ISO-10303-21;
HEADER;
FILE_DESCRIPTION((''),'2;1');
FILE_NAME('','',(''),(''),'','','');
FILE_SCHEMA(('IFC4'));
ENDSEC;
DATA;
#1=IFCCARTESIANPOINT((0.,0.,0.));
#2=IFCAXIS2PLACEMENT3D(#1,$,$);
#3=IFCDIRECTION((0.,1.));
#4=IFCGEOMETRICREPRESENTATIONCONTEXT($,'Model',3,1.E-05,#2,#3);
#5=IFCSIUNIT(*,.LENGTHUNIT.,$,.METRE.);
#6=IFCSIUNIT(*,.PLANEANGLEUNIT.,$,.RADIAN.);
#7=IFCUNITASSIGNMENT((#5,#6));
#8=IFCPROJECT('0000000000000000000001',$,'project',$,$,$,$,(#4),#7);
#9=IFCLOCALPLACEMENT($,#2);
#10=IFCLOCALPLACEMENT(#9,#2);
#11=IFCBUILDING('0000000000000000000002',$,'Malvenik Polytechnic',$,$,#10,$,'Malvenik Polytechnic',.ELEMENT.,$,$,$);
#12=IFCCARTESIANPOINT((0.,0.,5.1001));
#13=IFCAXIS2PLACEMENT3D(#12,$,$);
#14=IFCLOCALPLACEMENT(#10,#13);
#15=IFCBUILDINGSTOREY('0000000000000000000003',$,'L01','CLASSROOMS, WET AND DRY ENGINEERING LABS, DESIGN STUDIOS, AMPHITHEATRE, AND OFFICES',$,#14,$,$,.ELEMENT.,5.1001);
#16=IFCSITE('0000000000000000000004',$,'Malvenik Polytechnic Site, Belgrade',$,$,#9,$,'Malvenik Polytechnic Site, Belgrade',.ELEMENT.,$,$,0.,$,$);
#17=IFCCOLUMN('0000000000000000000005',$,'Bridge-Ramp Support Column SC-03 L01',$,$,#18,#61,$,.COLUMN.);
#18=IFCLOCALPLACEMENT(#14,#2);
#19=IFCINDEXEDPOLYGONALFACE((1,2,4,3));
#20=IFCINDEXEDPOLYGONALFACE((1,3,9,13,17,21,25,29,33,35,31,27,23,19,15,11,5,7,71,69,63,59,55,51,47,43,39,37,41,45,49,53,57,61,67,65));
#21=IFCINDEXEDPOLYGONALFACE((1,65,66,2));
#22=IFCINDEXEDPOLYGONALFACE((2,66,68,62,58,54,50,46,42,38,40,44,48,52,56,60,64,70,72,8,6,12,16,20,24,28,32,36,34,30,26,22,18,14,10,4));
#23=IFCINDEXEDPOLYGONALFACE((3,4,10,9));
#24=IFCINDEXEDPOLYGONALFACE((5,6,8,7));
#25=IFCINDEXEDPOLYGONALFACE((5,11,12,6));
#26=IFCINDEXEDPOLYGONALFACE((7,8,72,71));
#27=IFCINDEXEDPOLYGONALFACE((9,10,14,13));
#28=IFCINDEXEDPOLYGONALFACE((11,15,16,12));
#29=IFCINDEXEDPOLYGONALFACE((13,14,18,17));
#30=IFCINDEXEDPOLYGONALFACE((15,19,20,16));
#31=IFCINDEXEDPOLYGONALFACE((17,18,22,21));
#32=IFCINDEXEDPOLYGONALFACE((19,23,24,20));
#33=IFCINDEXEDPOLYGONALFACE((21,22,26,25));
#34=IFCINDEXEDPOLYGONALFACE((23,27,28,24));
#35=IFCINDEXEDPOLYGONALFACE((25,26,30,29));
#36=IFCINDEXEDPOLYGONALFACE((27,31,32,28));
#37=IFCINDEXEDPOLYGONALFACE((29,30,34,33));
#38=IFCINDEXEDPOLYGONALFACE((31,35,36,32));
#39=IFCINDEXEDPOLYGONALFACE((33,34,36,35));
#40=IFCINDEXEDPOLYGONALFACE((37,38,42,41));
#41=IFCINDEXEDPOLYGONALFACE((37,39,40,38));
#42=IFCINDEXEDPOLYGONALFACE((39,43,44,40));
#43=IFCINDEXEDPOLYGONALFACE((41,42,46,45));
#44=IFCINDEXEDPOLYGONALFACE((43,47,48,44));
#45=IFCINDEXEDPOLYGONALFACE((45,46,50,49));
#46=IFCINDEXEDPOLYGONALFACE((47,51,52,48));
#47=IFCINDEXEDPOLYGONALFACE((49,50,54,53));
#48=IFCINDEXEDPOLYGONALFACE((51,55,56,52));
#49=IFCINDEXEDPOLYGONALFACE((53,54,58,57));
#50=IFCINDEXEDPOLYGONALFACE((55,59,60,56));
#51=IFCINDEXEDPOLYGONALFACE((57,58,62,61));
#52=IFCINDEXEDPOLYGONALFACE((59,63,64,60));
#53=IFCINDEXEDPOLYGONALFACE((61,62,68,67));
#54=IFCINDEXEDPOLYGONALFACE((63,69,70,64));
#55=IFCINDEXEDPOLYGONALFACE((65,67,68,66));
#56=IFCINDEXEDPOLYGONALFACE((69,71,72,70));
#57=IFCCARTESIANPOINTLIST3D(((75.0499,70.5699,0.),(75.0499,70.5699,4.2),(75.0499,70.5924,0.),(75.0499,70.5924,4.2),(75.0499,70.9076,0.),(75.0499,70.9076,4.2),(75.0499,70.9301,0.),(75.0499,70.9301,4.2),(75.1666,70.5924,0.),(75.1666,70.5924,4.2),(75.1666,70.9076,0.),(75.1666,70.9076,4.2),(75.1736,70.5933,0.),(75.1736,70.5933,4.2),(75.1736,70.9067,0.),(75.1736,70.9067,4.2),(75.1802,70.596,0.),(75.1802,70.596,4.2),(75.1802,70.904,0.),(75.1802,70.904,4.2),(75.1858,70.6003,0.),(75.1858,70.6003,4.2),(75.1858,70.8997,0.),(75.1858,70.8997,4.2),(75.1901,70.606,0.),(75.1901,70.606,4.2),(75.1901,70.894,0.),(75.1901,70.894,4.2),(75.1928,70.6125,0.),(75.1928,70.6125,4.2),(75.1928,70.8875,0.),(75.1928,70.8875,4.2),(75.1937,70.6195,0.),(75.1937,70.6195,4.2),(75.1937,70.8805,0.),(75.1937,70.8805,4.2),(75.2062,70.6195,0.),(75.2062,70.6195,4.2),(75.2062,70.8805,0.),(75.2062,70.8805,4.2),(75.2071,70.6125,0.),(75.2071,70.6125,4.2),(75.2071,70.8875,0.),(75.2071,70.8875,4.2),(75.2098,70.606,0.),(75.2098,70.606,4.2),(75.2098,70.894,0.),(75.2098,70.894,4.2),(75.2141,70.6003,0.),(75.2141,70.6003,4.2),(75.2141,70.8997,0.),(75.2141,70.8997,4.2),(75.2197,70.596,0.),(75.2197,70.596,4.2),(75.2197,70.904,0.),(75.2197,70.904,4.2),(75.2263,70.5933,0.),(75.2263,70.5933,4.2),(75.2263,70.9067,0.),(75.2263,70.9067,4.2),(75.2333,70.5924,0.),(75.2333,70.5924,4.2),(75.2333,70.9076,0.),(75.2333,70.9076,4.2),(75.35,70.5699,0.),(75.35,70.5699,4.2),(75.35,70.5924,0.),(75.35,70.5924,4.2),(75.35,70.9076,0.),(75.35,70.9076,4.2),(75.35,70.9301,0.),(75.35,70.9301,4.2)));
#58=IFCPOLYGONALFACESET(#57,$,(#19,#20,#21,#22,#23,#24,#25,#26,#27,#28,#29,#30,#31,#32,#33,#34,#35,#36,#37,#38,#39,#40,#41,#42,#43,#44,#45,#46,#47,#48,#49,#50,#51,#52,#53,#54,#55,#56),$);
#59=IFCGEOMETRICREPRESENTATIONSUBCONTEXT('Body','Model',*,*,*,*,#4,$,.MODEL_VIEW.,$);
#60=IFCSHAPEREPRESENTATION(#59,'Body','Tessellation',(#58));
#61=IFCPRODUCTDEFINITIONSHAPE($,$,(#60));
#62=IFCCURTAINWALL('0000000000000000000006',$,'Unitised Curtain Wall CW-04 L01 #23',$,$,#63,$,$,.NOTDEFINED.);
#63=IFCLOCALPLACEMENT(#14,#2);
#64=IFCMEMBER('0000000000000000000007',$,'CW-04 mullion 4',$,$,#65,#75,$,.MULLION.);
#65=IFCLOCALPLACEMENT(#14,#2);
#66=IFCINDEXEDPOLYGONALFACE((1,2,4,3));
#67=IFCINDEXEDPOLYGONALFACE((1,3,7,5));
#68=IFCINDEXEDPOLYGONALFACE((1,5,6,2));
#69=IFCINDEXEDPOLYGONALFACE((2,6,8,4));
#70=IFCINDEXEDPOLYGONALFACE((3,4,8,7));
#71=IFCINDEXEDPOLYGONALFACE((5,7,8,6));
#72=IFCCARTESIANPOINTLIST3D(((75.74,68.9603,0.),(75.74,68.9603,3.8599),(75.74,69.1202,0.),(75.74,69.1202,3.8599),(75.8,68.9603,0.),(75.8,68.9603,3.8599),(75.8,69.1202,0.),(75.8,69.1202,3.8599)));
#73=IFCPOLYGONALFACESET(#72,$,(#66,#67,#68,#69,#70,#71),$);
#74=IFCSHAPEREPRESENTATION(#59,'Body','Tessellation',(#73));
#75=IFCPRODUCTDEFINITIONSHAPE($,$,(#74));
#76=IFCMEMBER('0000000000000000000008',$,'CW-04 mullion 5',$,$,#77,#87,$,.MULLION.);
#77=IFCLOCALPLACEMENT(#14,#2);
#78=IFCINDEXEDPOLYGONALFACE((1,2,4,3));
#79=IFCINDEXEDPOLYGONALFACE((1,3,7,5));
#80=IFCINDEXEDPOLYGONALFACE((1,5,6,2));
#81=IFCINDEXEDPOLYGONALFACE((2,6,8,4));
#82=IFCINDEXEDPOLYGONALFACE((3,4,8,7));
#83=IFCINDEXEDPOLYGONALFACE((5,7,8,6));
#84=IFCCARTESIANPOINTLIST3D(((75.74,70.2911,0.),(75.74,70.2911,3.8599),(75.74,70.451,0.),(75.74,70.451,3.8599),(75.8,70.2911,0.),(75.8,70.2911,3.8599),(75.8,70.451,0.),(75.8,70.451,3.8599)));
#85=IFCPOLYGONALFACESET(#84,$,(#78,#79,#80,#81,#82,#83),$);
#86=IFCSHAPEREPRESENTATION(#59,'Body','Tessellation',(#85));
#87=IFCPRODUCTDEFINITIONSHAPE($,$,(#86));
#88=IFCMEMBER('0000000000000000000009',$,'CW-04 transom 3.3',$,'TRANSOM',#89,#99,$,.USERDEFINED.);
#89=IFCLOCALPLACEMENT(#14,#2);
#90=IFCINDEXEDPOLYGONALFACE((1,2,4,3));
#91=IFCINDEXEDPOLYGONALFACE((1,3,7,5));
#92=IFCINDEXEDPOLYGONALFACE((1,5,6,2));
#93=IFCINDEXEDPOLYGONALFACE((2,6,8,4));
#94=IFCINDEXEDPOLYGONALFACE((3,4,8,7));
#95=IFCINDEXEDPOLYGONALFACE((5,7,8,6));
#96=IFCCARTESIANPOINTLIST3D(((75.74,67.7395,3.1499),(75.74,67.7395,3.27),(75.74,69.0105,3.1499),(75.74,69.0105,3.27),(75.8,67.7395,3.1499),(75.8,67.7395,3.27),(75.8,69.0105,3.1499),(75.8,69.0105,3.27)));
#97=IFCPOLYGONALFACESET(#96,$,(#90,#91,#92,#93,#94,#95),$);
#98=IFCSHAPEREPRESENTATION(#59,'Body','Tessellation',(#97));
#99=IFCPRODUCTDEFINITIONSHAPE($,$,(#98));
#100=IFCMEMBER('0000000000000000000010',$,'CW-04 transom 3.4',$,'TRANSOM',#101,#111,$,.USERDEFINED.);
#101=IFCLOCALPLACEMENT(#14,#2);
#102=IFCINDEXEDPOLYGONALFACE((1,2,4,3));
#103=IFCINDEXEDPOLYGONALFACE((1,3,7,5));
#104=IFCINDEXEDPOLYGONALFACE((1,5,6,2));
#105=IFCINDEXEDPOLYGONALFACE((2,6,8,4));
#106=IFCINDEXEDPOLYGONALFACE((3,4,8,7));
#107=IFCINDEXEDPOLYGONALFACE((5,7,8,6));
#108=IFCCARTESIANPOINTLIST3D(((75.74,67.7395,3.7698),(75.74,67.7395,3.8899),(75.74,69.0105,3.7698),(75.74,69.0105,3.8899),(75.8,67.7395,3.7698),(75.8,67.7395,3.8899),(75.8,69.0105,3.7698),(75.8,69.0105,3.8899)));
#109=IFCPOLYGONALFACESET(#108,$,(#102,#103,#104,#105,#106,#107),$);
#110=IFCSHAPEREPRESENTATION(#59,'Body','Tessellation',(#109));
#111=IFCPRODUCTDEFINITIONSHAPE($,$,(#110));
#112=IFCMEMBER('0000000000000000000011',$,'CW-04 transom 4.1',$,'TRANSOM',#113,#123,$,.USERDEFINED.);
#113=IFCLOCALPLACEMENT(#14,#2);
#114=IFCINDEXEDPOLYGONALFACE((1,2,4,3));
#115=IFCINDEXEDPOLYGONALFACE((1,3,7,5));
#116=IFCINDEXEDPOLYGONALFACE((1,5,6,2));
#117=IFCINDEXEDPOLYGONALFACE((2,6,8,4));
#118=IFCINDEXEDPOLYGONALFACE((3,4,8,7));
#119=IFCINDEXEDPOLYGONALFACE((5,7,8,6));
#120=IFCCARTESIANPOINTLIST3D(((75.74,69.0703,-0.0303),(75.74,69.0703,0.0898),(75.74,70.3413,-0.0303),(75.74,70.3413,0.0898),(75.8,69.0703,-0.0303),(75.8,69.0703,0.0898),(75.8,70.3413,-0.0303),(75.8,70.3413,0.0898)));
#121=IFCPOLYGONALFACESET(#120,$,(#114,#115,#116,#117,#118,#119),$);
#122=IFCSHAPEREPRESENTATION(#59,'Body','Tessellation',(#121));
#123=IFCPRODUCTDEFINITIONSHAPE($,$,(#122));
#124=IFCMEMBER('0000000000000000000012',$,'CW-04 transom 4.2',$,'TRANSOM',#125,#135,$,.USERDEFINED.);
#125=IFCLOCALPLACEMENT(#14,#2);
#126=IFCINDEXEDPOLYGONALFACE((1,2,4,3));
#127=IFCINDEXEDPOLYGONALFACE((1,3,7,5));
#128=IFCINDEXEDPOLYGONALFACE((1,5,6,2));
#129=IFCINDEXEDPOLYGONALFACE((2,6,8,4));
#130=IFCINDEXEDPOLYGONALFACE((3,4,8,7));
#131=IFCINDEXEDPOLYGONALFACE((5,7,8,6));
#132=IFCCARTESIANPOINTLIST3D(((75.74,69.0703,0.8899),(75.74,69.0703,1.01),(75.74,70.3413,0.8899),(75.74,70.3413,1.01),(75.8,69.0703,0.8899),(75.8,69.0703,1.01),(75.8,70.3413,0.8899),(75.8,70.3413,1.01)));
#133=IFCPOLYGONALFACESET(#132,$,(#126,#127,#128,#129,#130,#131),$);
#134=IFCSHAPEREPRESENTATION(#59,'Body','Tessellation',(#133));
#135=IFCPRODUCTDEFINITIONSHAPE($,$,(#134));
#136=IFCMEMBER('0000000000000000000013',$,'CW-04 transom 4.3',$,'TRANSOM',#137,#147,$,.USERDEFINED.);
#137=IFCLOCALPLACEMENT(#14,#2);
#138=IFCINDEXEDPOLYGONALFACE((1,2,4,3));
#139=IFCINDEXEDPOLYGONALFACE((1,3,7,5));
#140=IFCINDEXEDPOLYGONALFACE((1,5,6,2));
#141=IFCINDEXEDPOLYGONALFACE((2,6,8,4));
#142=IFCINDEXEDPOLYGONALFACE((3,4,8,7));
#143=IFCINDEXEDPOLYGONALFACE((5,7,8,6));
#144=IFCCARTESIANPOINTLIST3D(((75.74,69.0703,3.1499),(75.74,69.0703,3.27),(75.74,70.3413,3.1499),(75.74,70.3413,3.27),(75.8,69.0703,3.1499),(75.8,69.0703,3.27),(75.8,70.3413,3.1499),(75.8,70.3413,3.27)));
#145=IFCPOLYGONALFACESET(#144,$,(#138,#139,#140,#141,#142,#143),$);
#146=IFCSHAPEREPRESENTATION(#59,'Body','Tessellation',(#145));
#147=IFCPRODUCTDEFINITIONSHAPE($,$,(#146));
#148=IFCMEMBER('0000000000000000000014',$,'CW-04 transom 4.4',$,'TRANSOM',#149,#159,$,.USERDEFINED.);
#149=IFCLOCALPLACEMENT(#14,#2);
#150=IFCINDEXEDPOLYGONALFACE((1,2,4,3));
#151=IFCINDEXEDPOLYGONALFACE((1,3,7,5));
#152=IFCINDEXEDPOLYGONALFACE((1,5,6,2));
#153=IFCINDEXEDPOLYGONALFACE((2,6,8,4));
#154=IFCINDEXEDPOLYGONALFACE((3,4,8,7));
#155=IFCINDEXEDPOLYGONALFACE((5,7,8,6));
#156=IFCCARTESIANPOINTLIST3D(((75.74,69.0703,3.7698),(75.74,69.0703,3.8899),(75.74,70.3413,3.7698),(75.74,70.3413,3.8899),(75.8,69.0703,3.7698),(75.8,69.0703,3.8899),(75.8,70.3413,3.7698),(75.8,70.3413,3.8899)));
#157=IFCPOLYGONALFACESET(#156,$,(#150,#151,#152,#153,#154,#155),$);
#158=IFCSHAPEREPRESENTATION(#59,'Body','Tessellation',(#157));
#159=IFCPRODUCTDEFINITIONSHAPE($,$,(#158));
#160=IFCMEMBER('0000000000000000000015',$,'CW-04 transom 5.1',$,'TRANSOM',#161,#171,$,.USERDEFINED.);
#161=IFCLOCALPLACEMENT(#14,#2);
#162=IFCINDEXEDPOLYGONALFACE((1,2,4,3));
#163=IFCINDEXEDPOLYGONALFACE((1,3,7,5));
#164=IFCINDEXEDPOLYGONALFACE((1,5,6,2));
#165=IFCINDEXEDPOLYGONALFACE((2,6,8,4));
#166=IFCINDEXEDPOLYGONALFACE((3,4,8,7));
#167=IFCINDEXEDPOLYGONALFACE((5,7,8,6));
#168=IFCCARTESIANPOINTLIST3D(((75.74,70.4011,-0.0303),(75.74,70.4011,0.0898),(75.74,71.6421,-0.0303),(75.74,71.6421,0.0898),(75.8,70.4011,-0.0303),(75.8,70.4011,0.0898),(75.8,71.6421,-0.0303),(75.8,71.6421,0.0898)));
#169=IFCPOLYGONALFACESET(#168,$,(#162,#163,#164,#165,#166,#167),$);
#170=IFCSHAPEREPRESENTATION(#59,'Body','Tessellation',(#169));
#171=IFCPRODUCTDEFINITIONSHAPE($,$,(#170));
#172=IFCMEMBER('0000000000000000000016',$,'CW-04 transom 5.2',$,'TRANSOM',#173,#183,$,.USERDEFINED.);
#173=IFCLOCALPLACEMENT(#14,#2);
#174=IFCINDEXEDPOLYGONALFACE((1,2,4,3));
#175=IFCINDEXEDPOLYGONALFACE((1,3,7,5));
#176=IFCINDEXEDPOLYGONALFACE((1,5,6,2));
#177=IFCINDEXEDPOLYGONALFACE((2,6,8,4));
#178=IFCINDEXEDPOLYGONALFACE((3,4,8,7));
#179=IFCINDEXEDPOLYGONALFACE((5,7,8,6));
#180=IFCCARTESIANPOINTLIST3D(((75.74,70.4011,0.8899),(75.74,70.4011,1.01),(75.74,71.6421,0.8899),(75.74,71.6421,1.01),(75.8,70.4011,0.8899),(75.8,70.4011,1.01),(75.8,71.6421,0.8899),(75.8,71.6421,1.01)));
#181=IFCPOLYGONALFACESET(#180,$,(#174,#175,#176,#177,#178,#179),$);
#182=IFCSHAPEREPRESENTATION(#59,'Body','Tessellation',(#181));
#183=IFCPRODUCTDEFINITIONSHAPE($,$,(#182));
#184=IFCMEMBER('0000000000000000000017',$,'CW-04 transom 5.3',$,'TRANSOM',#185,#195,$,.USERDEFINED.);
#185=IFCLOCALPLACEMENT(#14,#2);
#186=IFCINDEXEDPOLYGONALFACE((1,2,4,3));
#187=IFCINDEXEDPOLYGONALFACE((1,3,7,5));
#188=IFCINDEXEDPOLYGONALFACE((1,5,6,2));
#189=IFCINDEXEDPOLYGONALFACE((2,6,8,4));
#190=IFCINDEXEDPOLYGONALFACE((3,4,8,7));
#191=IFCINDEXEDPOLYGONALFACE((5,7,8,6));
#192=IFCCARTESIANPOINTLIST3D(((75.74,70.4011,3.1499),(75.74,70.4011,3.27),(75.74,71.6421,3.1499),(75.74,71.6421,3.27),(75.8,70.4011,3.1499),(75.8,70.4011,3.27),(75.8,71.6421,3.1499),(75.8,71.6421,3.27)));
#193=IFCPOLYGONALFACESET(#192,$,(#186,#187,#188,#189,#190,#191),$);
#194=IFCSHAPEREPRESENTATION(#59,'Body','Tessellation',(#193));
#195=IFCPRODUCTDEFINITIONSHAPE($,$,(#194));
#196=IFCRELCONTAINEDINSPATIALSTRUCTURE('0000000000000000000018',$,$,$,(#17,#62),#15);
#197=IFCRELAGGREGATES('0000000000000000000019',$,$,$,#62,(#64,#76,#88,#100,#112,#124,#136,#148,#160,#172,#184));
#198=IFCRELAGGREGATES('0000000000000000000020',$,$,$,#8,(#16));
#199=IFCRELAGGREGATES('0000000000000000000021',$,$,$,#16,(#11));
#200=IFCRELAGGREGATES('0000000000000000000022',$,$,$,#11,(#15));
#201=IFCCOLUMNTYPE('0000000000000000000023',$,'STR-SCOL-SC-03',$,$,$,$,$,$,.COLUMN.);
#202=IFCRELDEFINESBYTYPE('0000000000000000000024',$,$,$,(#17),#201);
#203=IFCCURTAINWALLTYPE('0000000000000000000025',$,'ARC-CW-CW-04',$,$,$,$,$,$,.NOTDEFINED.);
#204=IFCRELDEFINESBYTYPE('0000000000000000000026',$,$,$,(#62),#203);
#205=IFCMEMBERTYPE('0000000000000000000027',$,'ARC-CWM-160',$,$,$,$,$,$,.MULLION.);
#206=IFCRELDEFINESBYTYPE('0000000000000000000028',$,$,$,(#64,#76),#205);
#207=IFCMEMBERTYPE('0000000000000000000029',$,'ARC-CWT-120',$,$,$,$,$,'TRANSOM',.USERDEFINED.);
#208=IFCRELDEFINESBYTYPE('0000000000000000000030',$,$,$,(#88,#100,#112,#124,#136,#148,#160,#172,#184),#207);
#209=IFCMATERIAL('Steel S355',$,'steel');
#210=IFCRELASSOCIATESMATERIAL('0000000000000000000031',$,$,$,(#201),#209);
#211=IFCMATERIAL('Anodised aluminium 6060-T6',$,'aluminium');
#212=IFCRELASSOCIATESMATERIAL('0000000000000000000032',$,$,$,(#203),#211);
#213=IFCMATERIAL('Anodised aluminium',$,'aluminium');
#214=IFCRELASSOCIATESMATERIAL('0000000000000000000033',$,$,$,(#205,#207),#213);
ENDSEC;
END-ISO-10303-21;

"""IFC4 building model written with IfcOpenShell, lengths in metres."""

from ifc_helpers import new_model, si_unit, direction, frame, origin, origin_2d, place, context, subcontext, project, spatial, rectangle, i_section, extrude, material, material_profile, profile_set, type_object, element, aggregate, save


model = new_model("IFC4")

# Units and contexts
model_context = context("Model", 3, precision=1e-05, world=origin(), true_north=direction((0.0, 1.0)))
body_context = subcontext(model_context, "Body", "Model", "MODEL_VIEW")
ifc_project = project(units=[si_unit("LENGTHUNIT", "METRE"), si_unit("PLANEANGLEUNIT", "RADIAN")], contexts=[model_context])

# Site, building, storey
site_placement = place(None, origin())
site = spatial("IfcSite", under=ifc_project, at=site_placement, Name="Malvenik Polytechnic Site, Belgrade", LongName="Malvenik Polytechnic Site, Belgrade", CompositionType="ELEMENT", RefElevation=0.0)
building_placement = place(site_placement, origin())
building = spatial("IfcBuilding", under=site, at=building_placement, Name="Malvenik Polytechnic", LongName="Malvenik Polytechnic", CompositionType="ELEMENT")
storey_placement = place(building_placement, frame((0.0, 0.0, 5.1001)))
storey = spatial("IfcBuildingStorey", under=building, at=storey_placement, Name="L01", Description="CLASSROOMS, WET AND DRY ENGINEERING LABS, DESIGN STUDIOS, AMPHITHEATRE, AND OFFICES", CompositionType="ELEMENT", Elevation=5.1001)

# Column
ifc_material_1 = material(Name="Steel S355", Category="steel")
ifc_material_profile_1 = material_profile(ifc_material_1, i_section(OverallWidth=0.3, OverallDepth=0.3601, WebThickness=0.0125, FlangeThickness=0.0225, FilletRadius=0.0271, at=origin_2d()), Name="HEB 360")
ifc_profile_set_1 = profile_set([ifc_material_profile_1], Name="Steel S355")
column_type = type_object("IfcColumnType", Name="STR-SCOL-SC-03", PredefinedType="COLUMN", material=ifc_profile_set_1)
column_placement = place(storey_placement, frame((75.2, 70.75, 0.0), z_axis=(0.0, 0.0, 1.0), x_axis=(1.0, 0.0, 0.0)))
element("IfcColumn", 1, at=column_placement, inside=storey, type_object=column_type, Name="Bridge-Ramp Support Column SC-03 L01", PredefinedType="COLUMN", context=body_context, shape_type="SweptSolid", body=[
    extrude(i_section(OverallWidth=0.3, OverallDepth=0.3601, WebThickness=0.0125, FlangeThickness=0.0225, FilletRadius=0.0271, at=origin_2d()), origin(), (0.0, 0.0, 1.0), 4.2),
])

# Curtain wall, members
ifc_material_2 = material(Name="Anodised aluminium 6060-T6", Category="aluminium")
curtain_wall_type = type_object("IfcCurtainWallType", Name="ARC-CW-CW-04", PredefinedType="NOTDEFINED", material=ifc_material_2)
curtain_wall_placement = place(storey_placement, origin())
curtain_wall = element("IfcCurtainWall", 2, at=curtain_wall_placement, inside=storey, type_object=curtain_wall_type, Name="Unitised Curtain Wall CW-04 L01 #23", PredefinedType="NOTDEFINED")
ifc_material_3 = material(Name="Anodised aluminium", Category="aluminium")
ifc_material_profile_2 = material_profile(ifc_material_3, rectangle(XDim=0.0601, YDim=0.1599, at=origin_2d()), Name="ALU MULLION 60x160")
ifc_profile_set_2 = profile_set([ifc_material_profile_2], Name="Anodised aluminium")
member_type_1 = type_object("IfcMemberType", Name="ARC-CWM-160", PredefinedType="MULLION", material=ifc_profile_set_2)
member_1_placement = place(storey_placement, frame((75.77, 69.0403, 0.0), z_axis=(0.0, 0.0, 1.0), x_axis=(-1.0, 0.0, 0.0)))
member_1 = element("IfcMember", 3, at=member_1_placement, type_object=member_type_1, Name="CW-04 mullion 4", PredefinedType="MULLION", context=body_context, shape_type="SweptSolid", body=[
    extrude(rectangle(XDim=0.0601, YDim=0.1599, at=origin_2d()), origin(), (0.0, 0.0, 1.0), 3.8599),
])
member_2_placement = place(storey_placement, frame((75.77, 70.3711, 0.0), z_axis=(0.0, 0.0, 1.0), x_axis=(-1.0, 0.0, 0.0)))
member_2 = element("IfcMember", 4, at=member_2_placement, type_object=member_type_1, Name="CW-04 mullion 5", PredefinedType="MULLION", context=body_context, shape_type="SweptSolid", body=[
    extrude(rectangle(XDim=0.0601, YDim=0.1599, at=origin_2d()), origin(), (0.0, 0.0, 1.0), 3.8599),
])
ifc_material_profile_3 = material_profile(ifc_material_3, rectangle(XDim=0.0601, YDim=0.1201, at=origin_2d()), Name="ALU TRANSOM 60x120")
ifc_profile_set_3 = profile_set([ifc_material_profile_3], Name="Anodised aluminium")
member_type_2 = type_object("IfcMemberType", Name="ARC-CWT-120", ElementType="TRANSOM", PredefinedType="USERDEFINED", material=ifc_profile_set_3)
member_3_placement = place(storey_placement, frame((75.77, 67.7395, 3.21), z_axis=(0.0, 1.0, 0.0), x_axis=(-1.0, 0.0, 0.0)))
member_3 = element("IfcMember", 5, at=member_3_placement, type_object=member_type_2, Name="CW-04 transom 3.3", ObjectType="TRANSOM", PredefinedType="USERDEFINED", context=body_context, shape_type="SweptSolid", body=[
    extrude(rectangle(XDim=0.0601, YDim=0.1201, at=origin_2d()), origin(), (0.0, 0.0, 1.0), 1.271),
])
member_4_placement = place(storey_placement, frame((75.77, 67.7395, 3.8298), z_axis=(0.0, 1.0, 0.0), x_axis=(-1.0, 0.0, 0.0)))
member_4 = element("IfcMember", 6, at=member_4_placement, type_object=member_type_2, Name="CW-04 transom 3.4", ObjectType="TRANSOM", PredefinedType="USERDEFINED", context=body_context, shape_type="SweptSolid", body=[
    extrude(rectangle(XDim=0.0601, YDim=0.1201, at=origin_2d()), origin(), (0.0, 0.0, 1.0), 1.271),
])
member_5_placement = place(storey_placement, frame((75.77, 69.0703, 0.0298), z_axis=(0.0, 1.0, 0.0), x_axis=(-1.0, 0.0, 0.0)))
member_5 = element("IfcMember", 7, at=member_5_placement, type_object=member_type_2, Name="CW-04 transom 4.1", ObjectType="TRANSOM", PredefinedType="USERDEFINED", context=body_context, shape_type="SweptSolid", body=[
    extrude(rectangle(XDim=0.0601, YDim=0.1201, at=origin_2d()), origin(), (0.0, 0.0, 1.0), 1.271),
])
member_6_placement = place(storey_placement, frame((75.77, 69.0703, 0.95), z_axis=(0.0, 1.0, 0.0), x_axis=(-1.0, 0.0, 0.0)))
member_6 = element("IfcMember", 8, at=member_6_placement, type_object=member_type_2, Name="CW-04 transom 4.2", ObjectType="TRANSOM", PredefinedType="USERDEFINED", context=body_context, shape_type="SweptSolid", body=[
    extrude(rectangle(XDim=0.0601, YDim=0.1201, at=origin_2d()), origin(), (0.0, 0.0, 1.0), 1.271),
])
member_7_placement = place(storey_placement, frame((75.77, 69.0703, 3.21), z_axis=(0.0, 1.0, 0.0), x_axis=(-1.0, 0.0, 0.0)))
member_7 = element("IfcMember", 9, at=member_7_placement, type_object=member_type_2, Name="CW-04 transom 4.3", ObjectType="TRANSOM", PredefinedType="USERDEFINED", context=body_context, shape_type="SweptSolid", body=[
    extrude(rectangle(XDim=0.0601, YDim=0.1201, at=origin_2d()), origin(), (0.0, 0.0, 1.0), 1.271),
])
member_8_placement = place(storey_placement, frame((75.77, 69.0703, 3.8298), z_axis=(0.0, 1.0, 0.0), x_axis=(-1.0, 0.0, 0.0)))
member_8 = element("IfcMember", 10, at=member_8_placement, type_object=member_type_2, Name="CW-04 transom 4.4", ObjectType="TRANSOM", PredefinedType="USERDEFINED", context=body_context, shape_type="SweptSolid", body=[
    extrude(rectangle(XDim=0.0601, YDim=0.1201, at=origin_2d()), origin(), (0.0, 0.0, 1.0), 1.271),
])
member_9_placement = place(storey_placement, frame((75.77, 70.4011, 0.0298), z_axis=(0.0, 1.0, 0.0), x_axis=(-1.0, 0.0, 0.0)))
member_9 = element("IfcMember", 11, at=member_9_placement, type_object=member_type_2, Name="CW-04 transom 5.1", ObjectType="TRANSOM", PredefinedType="USERDEFINED", context=body_context, shape_type="SweptSolid", body=[
    extrude(rectangle(XDim=0.0601, YDim=0.1201, at=origin_2d()), origin(), (0.0, 0.0, 1.0), 1.241),
])
member_10_placement = place(storey_placement, frame((75.77, 70.4011, 0.95), z_axis=(0.0, 1.0, 0.0), x_axis=(-1.0, 0.0, 0.0)))
member_10 = element("IfcMember", 12, at=member_10_placement, type_object=member_type_2, Name="CW-04 transom 5.2", ObjectType="TRANSOM", PredefinedType="USERDEFINED", context=body_context, shape_type="SweptSolid", body=[
    extrude(rectangle(XDim=0.0601, YDim=0.1201, at=origin_2d()), origin(), (0.0, 0.0, 1.0), 1.241),
])
member_11_placement = place(storey_placement, frame((75.77, 70.4011, 3.21), z_axis=(0.0, 1.0, 0.0), x_axis=(-1.0, 0.0, 0.0)))
member_11 = element("IfcMember", 13, at=member_11_placement, type_object=member_type_2, Name="CW-04 transom 5.3", ObjectType="TRANSOM", PredefinedType="USERDEFINED", context=body_context, shape_type="SweptSolid", body=[
    extrude(rectangle(XDim=0.0601, YDim=0.1201, at=origin_2d()), origin(), (0.0, 0.0, 1.0), 1.241),
])
aggregate(curtain_wall, [member_1, member_2, member_3, member_4, member_5, member_6, member_7, member_8, member_9, member_10, member_11])

save(model, "model.ifc")
